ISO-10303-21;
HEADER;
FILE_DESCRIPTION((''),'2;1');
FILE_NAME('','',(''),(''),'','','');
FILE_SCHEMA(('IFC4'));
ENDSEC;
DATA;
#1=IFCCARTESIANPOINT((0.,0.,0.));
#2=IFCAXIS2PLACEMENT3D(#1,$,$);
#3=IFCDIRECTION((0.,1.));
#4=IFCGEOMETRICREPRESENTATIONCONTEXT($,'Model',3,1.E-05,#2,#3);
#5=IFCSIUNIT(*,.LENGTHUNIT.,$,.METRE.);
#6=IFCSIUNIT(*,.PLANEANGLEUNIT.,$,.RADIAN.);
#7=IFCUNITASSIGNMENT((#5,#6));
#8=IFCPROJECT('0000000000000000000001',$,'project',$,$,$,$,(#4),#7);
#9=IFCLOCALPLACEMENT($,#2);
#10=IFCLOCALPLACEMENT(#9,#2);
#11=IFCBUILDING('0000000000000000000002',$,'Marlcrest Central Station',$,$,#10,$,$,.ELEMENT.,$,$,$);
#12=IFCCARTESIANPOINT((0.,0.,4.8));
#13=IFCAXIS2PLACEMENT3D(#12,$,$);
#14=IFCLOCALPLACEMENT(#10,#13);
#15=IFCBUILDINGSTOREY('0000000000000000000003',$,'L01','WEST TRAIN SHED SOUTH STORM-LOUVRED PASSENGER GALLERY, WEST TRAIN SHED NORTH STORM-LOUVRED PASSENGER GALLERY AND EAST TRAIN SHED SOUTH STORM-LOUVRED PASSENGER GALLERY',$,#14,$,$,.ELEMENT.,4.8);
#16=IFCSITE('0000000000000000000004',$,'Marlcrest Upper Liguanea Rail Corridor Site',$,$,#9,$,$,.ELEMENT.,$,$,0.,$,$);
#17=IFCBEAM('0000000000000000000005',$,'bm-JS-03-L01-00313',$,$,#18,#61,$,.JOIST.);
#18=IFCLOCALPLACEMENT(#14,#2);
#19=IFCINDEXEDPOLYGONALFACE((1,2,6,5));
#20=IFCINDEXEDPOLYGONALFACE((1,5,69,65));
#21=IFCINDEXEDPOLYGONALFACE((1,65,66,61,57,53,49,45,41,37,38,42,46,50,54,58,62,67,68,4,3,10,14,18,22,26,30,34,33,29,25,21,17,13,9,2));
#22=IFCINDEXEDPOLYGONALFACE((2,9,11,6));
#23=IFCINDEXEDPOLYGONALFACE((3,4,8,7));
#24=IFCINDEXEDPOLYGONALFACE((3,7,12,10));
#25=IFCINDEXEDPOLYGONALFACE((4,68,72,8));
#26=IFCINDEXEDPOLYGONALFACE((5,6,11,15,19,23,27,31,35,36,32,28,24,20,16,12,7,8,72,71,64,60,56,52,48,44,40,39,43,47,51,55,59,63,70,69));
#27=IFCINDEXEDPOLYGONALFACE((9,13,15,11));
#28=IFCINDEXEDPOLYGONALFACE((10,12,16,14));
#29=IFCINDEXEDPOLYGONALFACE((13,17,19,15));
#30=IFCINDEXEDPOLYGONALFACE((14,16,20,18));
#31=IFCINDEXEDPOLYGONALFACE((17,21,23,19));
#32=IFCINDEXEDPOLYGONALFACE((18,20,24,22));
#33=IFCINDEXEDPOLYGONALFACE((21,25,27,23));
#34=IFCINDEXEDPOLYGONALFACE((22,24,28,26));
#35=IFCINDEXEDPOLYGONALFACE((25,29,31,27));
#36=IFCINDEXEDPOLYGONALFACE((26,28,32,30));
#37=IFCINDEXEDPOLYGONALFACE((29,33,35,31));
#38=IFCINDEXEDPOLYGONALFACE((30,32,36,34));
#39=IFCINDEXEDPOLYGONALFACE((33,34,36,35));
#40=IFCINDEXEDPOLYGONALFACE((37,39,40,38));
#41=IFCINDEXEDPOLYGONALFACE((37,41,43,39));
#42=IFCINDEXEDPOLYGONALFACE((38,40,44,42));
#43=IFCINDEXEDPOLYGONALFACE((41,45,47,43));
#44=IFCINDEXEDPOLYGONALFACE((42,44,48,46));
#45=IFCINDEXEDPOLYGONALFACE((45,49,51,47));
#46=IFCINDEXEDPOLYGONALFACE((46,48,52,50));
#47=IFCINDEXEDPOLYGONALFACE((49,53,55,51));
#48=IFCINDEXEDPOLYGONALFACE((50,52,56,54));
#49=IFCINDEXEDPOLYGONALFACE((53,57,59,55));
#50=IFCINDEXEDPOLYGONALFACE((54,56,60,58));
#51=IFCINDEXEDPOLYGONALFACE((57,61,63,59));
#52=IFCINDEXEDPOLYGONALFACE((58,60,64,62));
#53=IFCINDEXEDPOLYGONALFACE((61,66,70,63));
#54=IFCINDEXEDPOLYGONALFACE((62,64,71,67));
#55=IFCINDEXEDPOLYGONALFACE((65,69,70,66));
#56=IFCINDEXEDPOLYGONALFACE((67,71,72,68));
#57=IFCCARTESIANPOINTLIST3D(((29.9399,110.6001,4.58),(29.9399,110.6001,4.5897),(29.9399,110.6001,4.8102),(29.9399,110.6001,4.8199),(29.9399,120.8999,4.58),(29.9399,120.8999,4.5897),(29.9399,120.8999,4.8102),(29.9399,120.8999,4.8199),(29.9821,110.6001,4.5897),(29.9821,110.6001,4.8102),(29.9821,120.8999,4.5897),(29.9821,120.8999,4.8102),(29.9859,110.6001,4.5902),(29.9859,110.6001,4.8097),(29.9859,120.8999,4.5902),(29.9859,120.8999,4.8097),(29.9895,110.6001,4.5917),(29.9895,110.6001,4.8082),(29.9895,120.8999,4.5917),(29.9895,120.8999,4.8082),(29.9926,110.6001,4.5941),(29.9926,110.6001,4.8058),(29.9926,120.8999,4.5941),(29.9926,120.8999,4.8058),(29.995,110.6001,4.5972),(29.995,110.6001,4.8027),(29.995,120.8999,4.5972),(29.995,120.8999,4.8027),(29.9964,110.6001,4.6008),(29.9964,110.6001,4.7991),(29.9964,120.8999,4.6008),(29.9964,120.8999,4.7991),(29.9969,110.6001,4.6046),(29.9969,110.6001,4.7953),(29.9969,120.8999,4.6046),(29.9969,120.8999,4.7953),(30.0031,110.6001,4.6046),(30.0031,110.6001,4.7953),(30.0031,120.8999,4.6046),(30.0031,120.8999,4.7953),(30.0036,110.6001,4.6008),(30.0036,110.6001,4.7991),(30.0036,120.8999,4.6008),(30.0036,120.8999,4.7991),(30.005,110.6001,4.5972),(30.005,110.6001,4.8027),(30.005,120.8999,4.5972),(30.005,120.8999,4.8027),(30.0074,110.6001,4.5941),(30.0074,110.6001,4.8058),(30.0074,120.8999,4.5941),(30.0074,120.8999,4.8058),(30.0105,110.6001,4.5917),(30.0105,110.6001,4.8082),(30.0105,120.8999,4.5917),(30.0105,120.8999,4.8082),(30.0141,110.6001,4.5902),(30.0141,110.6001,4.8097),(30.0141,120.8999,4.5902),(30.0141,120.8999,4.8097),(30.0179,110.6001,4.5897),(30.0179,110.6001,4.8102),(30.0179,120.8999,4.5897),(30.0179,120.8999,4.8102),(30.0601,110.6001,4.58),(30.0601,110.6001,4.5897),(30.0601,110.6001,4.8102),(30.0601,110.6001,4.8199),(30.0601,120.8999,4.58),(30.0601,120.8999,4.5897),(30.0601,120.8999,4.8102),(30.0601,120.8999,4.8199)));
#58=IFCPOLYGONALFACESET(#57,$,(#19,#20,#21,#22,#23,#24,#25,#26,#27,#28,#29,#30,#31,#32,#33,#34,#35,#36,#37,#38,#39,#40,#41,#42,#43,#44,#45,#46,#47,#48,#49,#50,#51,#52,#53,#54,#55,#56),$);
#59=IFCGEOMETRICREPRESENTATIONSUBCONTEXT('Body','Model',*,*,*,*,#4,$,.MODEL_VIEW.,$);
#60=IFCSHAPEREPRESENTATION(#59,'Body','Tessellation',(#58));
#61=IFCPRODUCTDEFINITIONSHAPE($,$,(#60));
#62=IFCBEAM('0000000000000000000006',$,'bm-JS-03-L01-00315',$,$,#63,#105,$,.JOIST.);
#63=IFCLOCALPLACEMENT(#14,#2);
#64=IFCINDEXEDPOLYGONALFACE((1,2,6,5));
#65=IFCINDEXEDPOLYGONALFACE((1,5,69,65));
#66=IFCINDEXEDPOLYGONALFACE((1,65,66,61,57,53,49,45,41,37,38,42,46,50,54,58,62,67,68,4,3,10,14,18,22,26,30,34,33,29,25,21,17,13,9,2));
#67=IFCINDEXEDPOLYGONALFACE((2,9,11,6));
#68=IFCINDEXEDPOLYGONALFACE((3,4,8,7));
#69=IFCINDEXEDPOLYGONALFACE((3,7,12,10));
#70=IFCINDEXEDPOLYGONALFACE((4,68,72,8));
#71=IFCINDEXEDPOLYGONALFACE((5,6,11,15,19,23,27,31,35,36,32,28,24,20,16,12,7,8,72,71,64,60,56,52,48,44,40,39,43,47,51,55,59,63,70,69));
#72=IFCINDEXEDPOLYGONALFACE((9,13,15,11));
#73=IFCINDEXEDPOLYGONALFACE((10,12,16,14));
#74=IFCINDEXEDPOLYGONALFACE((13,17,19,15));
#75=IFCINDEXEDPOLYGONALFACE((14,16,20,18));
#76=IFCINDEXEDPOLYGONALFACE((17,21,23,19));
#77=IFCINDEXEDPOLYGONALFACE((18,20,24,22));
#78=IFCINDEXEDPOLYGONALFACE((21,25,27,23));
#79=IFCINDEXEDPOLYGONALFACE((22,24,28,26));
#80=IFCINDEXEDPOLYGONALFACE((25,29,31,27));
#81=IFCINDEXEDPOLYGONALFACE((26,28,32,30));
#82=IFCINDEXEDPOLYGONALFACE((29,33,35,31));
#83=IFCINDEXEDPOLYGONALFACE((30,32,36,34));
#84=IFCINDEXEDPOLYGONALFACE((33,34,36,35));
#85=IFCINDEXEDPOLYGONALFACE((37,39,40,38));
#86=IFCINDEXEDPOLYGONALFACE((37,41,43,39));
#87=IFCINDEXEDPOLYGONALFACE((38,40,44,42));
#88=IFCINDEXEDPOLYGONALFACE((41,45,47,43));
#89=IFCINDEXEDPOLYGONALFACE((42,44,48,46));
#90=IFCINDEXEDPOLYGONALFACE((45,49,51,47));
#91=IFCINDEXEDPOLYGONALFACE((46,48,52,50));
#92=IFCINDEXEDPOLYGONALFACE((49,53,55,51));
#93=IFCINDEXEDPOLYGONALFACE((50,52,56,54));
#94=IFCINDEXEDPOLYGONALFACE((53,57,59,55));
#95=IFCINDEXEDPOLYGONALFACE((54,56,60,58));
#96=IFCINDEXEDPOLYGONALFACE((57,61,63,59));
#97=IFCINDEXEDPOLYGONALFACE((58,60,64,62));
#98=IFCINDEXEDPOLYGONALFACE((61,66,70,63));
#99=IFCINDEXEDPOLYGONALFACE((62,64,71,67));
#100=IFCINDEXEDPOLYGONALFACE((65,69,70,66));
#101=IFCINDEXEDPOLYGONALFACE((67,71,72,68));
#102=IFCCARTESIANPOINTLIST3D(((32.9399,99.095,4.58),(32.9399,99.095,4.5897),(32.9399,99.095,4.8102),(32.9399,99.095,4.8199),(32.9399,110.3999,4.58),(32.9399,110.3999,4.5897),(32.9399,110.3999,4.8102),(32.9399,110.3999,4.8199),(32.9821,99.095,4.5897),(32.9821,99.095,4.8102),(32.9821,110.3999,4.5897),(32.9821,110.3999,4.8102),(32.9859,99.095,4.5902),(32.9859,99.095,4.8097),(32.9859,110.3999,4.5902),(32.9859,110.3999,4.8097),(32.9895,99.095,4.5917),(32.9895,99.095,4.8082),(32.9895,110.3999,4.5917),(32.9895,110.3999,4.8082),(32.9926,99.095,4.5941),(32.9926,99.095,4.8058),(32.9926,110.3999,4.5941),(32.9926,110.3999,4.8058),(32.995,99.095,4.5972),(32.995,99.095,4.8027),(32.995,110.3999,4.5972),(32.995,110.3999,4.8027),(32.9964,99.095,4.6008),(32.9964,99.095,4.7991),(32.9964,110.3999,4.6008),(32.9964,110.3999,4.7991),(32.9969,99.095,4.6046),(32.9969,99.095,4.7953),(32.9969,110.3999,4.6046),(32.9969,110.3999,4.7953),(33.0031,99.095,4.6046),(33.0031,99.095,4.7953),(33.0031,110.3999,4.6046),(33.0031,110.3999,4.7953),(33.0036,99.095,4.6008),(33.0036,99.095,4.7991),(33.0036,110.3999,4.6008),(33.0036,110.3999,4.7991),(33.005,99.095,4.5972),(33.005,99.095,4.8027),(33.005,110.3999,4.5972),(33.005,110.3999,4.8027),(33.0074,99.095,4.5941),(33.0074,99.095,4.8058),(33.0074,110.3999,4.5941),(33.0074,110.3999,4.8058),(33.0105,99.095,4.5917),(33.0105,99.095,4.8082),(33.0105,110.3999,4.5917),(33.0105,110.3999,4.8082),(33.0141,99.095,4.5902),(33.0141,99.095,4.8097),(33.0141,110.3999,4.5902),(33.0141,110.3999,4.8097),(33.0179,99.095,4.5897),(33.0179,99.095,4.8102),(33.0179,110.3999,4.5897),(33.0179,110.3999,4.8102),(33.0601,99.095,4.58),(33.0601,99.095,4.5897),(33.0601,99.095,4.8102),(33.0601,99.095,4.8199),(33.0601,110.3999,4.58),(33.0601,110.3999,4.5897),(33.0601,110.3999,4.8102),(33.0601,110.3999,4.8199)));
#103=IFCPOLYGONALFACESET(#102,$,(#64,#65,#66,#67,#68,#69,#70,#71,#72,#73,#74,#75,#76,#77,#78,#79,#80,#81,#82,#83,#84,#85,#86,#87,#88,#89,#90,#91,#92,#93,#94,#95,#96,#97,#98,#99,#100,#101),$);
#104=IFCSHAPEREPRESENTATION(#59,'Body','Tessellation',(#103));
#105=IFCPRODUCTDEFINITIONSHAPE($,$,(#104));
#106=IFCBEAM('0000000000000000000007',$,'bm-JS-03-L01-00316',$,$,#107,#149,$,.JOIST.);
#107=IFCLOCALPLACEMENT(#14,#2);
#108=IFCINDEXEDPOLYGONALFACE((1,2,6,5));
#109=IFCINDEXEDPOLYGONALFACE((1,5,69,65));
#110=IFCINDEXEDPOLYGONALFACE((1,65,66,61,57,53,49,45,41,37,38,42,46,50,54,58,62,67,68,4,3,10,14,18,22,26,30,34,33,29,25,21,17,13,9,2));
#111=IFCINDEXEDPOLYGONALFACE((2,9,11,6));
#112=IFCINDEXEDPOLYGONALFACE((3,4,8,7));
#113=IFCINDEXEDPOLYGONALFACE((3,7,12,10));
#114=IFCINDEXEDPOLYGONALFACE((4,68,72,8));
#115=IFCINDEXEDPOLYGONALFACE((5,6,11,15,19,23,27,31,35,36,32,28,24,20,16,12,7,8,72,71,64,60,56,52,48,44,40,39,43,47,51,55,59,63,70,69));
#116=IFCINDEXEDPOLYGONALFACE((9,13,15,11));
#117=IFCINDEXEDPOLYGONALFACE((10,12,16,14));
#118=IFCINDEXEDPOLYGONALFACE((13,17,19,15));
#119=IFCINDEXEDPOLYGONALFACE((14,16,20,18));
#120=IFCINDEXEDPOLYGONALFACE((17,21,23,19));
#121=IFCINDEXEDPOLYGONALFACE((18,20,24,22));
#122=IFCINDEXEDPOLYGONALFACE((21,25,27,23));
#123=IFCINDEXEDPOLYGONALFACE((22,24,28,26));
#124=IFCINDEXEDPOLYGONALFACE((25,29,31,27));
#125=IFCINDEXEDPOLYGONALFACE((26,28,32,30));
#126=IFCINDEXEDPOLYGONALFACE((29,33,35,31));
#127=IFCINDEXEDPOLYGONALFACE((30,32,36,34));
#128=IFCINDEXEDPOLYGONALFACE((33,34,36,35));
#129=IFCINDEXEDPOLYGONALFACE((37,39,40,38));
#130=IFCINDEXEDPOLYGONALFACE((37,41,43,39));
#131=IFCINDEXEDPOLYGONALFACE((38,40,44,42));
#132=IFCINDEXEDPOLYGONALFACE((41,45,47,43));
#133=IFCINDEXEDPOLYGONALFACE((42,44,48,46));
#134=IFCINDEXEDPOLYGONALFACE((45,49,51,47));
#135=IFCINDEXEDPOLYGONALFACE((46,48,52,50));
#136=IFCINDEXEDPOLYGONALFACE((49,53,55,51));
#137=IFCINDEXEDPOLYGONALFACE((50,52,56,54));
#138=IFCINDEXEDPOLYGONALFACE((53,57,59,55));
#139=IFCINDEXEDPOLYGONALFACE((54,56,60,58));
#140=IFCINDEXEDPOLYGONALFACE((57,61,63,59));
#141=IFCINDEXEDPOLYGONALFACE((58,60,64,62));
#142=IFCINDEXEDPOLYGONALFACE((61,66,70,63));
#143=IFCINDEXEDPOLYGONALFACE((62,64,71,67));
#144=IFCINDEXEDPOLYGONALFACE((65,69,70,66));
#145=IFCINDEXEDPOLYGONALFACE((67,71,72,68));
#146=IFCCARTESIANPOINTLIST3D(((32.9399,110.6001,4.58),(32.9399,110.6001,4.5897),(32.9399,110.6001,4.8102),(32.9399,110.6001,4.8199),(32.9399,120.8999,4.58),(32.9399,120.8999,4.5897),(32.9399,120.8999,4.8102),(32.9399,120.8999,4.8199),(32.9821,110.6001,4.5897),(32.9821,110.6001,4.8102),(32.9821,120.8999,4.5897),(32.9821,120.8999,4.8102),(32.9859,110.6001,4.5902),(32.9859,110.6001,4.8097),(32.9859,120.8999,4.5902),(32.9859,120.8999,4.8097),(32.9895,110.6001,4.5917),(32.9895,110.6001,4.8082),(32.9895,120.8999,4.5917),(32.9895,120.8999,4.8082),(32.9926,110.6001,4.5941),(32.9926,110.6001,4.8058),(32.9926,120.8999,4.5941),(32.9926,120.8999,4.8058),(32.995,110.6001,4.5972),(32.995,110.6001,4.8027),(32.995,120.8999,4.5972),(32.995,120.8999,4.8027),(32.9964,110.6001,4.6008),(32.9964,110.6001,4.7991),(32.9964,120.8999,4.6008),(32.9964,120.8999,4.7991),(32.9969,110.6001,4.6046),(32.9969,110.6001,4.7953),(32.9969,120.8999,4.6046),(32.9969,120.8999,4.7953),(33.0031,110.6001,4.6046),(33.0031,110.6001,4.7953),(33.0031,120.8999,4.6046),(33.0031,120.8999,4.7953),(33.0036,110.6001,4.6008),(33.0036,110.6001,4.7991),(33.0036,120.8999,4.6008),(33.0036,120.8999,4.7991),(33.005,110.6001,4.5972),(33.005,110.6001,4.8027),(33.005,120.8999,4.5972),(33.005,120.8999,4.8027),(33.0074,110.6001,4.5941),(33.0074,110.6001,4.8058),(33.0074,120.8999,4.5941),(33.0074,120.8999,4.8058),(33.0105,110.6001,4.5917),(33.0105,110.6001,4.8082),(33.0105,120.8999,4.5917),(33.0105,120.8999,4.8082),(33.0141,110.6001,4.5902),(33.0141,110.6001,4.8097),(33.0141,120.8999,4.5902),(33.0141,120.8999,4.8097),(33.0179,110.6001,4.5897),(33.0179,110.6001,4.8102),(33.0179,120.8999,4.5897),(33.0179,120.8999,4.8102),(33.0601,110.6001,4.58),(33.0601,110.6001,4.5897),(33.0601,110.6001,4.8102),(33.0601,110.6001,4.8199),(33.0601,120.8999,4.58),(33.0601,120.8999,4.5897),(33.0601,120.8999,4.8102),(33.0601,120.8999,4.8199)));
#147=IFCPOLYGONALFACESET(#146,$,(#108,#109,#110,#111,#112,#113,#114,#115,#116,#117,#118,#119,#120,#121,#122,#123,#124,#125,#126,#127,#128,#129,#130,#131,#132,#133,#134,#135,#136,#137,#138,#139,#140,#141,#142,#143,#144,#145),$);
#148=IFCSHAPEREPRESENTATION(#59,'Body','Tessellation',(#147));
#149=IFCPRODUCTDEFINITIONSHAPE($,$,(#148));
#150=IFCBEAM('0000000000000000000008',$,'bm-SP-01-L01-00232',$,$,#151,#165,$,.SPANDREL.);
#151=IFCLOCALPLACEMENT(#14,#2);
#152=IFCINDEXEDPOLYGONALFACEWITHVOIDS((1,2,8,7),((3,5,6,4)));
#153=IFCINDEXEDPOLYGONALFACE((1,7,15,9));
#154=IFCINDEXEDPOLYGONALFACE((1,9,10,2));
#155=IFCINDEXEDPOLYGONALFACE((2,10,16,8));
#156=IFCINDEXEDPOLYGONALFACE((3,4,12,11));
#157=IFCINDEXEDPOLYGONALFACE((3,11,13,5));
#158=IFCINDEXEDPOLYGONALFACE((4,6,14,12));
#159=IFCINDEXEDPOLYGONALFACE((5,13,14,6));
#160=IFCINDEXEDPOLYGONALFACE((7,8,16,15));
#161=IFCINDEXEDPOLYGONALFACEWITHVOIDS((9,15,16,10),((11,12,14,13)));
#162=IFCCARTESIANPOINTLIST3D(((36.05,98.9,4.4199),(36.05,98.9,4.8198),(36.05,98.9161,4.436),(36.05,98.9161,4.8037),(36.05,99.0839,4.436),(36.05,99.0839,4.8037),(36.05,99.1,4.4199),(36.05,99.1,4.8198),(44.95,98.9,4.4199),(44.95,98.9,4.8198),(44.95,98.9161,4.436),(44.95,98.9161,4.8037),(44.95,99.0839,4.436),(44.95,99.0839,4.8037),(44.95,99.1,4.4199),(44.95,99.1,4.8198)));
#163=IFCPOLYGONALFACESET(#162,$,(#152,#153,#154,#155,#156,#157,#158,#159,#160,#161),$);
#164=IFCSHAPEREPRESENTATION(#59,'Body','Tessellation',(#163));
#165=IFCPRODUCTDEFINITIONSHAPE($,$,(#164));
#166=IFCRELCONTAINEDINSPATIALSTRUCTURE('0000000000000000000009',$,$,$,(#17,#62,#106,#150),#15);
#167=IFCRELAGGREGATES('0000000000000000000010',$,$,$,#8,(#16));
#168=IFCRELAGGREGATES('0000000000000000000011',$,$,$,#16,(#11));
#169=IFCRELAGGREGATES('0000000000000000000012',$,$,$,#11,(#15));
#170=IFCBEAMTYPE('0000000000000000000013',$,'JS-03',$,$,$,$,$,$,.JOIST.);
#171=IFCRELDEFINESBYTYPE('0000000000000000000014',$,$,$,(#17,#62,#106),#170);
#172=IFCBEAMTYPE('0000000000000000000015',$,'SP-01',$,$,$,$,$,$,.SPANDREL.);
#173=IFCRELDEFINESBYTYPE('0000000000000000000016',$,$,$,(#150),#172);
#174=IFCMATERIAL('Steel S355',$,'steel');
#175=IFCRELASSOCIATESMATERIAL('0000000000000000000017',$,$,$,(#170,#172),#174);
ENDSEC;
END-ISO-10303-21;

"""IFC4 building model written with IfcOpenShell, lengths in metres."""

from ifc_helpers import new_model, si_unit, direction, frame, origin, origin_2d, place, context, subcontext, project, spatial, hollow_rectangle, i_section, extrude, material, material_profile, profile_set, type_object, element, save


model = new_model("IFC4")

# Units and contexts
model_context = context("Model", 3, precision=1e-05, world=origin(), true_north=direction((0.0, 1.0)))
body_context = subcontext(model_context, "Body", "Model", "MODEL_VIEW")
ifc_project = project(units=[si_unit("LENGTHUNIT", "METRE"), si_unit("PLANEANGLEUNIT", "RADIAN")], contexts=[model_context])

# Site, building, storey
site_placement = place(None, origin())
site = spatial("IfcSite", under=ifc_project, at=site_placement, Name="Marlcrest Upper Liguanea Rail Corridor Site", CompositionType="ELEMENT", RefElevation=0.0)
building_placement = place(site_placement, origin())
building = spatial("IfcBuilding", under=site, at=building_placement, Name="Marlcrest Central Station", CompositionType="ELEMENT")
storey_placement = place(building_placement, frame((0.0, 0.0, 4.8)))
storey = spatial("IfcBuildingStorey", under=building, at=storey_placement, Name="L01", Description="WEST TRAIN SHED SOUTH STORM-LOUVRED PASSENGER GALLERY, WEST TRAIN SHED NORTH STORM-LOUVRED PASSENGER GALLERY AND EAST TRAIN SHED SOUTH STORM-LOUVRED PASSENGER GALLERY", CompositionType="ELEMENT", Elevation=4.8)

# Shared definitions
ifc_material_1 = material(Name="Steel S355", Category="steel")

# Beams
ifc_material_profile_1 = material_profile(ifc_material_1, i_section(OverallWidth=0.1201, OverallDepth=0.24, WebThickness=0.0061, FlangeThickness=0.0098, FilletRadius=0.0149, at=origin_2d()), Name="IPE 240")
ifc_profile_set_1 = profile_set([ifc_material_profile_1], Name="Steel S355")
beam_type_1 = type_object("IfcBeamType", Name="JS-03", PredefinedType="JOIST", material=ifc_profile_set_1)
beam_1_placement = place(storey_placement, frame((30.0, 110.6001, 4.7), z_axis=(0.0, 1.0, 0.0), x_axis=(-1.0, 0.0, 0.0)))
element("IfcBeam", 1, at=beam_1_placement, inside=storey, type_object=beam_type_1, Name="bm-JS-03-L01-00313", PredefinedType="JOIST", context=body_context, shape_type="SweptSolid", body=[
    extrude(i_section(OverallWidth=0.1201, OverallDepth=0.24, WebThickness=0.0061, FlangeThickness=0.0098, FilletRadius=0.0149, at=origin_2d()), origin(), (0.0, 0.0, 1.0), 10.2998),
])
beam_2_placement = place(storey_placement, frame((33.0, 99.095, 4.7), z_axis=(0.0, 1.0, 0.0), x_axis=(-1.0, 0.0, 0.0)))
element("IfcBeam", 2, at=beam_2_placement, inside=storey, type_object=beam_type_1, Name="bm-JS-03-L01-00315", PredefinedType="JOIST", context=body_context, shape_type="SweptSolid", body=[
    extrude(i_section(OverallWidth=0.1201, OverallDepth=0.24, WebThickness=0.0061, FlangeThickness=0.0098, FilletRadius=0.0149, at=origin_2d()), origin(), (0.0, 0.0, 1.0), 11.3049),
])
beam_3_placement = place(storey_placement, frame((33.0, 110.6001, 4.7), z_axis=(0.0, 1.0, 0.0), x_axis=(-1.0, 0.0, 0.0)))
element("IfcBeam", 3, at=beam_3_placement, inside=storey, type_object=beam_type_1, Name="bm-JS-03-L01-00316", PredefinedType="JOIST", context=body_context, shape_type="SweptSolid", body=[
    extrude(i_section(OverallWidth=0.1201, OverallDepth=0.24, WebThickness=0.0061, FlangeThickness=0.0098, FilletRadius=0.0149, at=origin_2d()), origin(), (0.0, 0.0, 1.0), 10.2998),
])
ifc_material_profile_2 = material_profile(ifc_material_1, hollow_rectangle(XDim=0.2, YDim=0.3999, WallThickness=0.0161, at=origin_2d()), Name="RHS 400x200x16")
ifc_profile_set_2 = profile_set([ifc_material_profile_2], Name="Steel S355")
beam_type_2 = type_object("IfcBeamType", Name="SP-01", PredefinedType="SPANDREL", material=ifc_profile_set_2)
beam_4_placement = place(storey_placement, frame((36.05, 99.0, 4.6199), z_axis=(1.0, 0.0, 0.0), x_axis=(0.0, 1.0, 0.0)))
element("IfcBeam", 4, at=beam_4_placement, inside=storey, type_object=beam_type_2, Name="bm-SP-01-L01-00232", PredefinedType="SPANDREL", context=body_context, shape_type="SweptSolid", body=[
    extrude(hollow_rectangle(XDim=0.2, YDim=0.3999, WallThickness=0.0161, at=origin_2d()), origin(), (0.0, 0.0, 1.0), 8.8999),
])

save(model, "model.ifc")
